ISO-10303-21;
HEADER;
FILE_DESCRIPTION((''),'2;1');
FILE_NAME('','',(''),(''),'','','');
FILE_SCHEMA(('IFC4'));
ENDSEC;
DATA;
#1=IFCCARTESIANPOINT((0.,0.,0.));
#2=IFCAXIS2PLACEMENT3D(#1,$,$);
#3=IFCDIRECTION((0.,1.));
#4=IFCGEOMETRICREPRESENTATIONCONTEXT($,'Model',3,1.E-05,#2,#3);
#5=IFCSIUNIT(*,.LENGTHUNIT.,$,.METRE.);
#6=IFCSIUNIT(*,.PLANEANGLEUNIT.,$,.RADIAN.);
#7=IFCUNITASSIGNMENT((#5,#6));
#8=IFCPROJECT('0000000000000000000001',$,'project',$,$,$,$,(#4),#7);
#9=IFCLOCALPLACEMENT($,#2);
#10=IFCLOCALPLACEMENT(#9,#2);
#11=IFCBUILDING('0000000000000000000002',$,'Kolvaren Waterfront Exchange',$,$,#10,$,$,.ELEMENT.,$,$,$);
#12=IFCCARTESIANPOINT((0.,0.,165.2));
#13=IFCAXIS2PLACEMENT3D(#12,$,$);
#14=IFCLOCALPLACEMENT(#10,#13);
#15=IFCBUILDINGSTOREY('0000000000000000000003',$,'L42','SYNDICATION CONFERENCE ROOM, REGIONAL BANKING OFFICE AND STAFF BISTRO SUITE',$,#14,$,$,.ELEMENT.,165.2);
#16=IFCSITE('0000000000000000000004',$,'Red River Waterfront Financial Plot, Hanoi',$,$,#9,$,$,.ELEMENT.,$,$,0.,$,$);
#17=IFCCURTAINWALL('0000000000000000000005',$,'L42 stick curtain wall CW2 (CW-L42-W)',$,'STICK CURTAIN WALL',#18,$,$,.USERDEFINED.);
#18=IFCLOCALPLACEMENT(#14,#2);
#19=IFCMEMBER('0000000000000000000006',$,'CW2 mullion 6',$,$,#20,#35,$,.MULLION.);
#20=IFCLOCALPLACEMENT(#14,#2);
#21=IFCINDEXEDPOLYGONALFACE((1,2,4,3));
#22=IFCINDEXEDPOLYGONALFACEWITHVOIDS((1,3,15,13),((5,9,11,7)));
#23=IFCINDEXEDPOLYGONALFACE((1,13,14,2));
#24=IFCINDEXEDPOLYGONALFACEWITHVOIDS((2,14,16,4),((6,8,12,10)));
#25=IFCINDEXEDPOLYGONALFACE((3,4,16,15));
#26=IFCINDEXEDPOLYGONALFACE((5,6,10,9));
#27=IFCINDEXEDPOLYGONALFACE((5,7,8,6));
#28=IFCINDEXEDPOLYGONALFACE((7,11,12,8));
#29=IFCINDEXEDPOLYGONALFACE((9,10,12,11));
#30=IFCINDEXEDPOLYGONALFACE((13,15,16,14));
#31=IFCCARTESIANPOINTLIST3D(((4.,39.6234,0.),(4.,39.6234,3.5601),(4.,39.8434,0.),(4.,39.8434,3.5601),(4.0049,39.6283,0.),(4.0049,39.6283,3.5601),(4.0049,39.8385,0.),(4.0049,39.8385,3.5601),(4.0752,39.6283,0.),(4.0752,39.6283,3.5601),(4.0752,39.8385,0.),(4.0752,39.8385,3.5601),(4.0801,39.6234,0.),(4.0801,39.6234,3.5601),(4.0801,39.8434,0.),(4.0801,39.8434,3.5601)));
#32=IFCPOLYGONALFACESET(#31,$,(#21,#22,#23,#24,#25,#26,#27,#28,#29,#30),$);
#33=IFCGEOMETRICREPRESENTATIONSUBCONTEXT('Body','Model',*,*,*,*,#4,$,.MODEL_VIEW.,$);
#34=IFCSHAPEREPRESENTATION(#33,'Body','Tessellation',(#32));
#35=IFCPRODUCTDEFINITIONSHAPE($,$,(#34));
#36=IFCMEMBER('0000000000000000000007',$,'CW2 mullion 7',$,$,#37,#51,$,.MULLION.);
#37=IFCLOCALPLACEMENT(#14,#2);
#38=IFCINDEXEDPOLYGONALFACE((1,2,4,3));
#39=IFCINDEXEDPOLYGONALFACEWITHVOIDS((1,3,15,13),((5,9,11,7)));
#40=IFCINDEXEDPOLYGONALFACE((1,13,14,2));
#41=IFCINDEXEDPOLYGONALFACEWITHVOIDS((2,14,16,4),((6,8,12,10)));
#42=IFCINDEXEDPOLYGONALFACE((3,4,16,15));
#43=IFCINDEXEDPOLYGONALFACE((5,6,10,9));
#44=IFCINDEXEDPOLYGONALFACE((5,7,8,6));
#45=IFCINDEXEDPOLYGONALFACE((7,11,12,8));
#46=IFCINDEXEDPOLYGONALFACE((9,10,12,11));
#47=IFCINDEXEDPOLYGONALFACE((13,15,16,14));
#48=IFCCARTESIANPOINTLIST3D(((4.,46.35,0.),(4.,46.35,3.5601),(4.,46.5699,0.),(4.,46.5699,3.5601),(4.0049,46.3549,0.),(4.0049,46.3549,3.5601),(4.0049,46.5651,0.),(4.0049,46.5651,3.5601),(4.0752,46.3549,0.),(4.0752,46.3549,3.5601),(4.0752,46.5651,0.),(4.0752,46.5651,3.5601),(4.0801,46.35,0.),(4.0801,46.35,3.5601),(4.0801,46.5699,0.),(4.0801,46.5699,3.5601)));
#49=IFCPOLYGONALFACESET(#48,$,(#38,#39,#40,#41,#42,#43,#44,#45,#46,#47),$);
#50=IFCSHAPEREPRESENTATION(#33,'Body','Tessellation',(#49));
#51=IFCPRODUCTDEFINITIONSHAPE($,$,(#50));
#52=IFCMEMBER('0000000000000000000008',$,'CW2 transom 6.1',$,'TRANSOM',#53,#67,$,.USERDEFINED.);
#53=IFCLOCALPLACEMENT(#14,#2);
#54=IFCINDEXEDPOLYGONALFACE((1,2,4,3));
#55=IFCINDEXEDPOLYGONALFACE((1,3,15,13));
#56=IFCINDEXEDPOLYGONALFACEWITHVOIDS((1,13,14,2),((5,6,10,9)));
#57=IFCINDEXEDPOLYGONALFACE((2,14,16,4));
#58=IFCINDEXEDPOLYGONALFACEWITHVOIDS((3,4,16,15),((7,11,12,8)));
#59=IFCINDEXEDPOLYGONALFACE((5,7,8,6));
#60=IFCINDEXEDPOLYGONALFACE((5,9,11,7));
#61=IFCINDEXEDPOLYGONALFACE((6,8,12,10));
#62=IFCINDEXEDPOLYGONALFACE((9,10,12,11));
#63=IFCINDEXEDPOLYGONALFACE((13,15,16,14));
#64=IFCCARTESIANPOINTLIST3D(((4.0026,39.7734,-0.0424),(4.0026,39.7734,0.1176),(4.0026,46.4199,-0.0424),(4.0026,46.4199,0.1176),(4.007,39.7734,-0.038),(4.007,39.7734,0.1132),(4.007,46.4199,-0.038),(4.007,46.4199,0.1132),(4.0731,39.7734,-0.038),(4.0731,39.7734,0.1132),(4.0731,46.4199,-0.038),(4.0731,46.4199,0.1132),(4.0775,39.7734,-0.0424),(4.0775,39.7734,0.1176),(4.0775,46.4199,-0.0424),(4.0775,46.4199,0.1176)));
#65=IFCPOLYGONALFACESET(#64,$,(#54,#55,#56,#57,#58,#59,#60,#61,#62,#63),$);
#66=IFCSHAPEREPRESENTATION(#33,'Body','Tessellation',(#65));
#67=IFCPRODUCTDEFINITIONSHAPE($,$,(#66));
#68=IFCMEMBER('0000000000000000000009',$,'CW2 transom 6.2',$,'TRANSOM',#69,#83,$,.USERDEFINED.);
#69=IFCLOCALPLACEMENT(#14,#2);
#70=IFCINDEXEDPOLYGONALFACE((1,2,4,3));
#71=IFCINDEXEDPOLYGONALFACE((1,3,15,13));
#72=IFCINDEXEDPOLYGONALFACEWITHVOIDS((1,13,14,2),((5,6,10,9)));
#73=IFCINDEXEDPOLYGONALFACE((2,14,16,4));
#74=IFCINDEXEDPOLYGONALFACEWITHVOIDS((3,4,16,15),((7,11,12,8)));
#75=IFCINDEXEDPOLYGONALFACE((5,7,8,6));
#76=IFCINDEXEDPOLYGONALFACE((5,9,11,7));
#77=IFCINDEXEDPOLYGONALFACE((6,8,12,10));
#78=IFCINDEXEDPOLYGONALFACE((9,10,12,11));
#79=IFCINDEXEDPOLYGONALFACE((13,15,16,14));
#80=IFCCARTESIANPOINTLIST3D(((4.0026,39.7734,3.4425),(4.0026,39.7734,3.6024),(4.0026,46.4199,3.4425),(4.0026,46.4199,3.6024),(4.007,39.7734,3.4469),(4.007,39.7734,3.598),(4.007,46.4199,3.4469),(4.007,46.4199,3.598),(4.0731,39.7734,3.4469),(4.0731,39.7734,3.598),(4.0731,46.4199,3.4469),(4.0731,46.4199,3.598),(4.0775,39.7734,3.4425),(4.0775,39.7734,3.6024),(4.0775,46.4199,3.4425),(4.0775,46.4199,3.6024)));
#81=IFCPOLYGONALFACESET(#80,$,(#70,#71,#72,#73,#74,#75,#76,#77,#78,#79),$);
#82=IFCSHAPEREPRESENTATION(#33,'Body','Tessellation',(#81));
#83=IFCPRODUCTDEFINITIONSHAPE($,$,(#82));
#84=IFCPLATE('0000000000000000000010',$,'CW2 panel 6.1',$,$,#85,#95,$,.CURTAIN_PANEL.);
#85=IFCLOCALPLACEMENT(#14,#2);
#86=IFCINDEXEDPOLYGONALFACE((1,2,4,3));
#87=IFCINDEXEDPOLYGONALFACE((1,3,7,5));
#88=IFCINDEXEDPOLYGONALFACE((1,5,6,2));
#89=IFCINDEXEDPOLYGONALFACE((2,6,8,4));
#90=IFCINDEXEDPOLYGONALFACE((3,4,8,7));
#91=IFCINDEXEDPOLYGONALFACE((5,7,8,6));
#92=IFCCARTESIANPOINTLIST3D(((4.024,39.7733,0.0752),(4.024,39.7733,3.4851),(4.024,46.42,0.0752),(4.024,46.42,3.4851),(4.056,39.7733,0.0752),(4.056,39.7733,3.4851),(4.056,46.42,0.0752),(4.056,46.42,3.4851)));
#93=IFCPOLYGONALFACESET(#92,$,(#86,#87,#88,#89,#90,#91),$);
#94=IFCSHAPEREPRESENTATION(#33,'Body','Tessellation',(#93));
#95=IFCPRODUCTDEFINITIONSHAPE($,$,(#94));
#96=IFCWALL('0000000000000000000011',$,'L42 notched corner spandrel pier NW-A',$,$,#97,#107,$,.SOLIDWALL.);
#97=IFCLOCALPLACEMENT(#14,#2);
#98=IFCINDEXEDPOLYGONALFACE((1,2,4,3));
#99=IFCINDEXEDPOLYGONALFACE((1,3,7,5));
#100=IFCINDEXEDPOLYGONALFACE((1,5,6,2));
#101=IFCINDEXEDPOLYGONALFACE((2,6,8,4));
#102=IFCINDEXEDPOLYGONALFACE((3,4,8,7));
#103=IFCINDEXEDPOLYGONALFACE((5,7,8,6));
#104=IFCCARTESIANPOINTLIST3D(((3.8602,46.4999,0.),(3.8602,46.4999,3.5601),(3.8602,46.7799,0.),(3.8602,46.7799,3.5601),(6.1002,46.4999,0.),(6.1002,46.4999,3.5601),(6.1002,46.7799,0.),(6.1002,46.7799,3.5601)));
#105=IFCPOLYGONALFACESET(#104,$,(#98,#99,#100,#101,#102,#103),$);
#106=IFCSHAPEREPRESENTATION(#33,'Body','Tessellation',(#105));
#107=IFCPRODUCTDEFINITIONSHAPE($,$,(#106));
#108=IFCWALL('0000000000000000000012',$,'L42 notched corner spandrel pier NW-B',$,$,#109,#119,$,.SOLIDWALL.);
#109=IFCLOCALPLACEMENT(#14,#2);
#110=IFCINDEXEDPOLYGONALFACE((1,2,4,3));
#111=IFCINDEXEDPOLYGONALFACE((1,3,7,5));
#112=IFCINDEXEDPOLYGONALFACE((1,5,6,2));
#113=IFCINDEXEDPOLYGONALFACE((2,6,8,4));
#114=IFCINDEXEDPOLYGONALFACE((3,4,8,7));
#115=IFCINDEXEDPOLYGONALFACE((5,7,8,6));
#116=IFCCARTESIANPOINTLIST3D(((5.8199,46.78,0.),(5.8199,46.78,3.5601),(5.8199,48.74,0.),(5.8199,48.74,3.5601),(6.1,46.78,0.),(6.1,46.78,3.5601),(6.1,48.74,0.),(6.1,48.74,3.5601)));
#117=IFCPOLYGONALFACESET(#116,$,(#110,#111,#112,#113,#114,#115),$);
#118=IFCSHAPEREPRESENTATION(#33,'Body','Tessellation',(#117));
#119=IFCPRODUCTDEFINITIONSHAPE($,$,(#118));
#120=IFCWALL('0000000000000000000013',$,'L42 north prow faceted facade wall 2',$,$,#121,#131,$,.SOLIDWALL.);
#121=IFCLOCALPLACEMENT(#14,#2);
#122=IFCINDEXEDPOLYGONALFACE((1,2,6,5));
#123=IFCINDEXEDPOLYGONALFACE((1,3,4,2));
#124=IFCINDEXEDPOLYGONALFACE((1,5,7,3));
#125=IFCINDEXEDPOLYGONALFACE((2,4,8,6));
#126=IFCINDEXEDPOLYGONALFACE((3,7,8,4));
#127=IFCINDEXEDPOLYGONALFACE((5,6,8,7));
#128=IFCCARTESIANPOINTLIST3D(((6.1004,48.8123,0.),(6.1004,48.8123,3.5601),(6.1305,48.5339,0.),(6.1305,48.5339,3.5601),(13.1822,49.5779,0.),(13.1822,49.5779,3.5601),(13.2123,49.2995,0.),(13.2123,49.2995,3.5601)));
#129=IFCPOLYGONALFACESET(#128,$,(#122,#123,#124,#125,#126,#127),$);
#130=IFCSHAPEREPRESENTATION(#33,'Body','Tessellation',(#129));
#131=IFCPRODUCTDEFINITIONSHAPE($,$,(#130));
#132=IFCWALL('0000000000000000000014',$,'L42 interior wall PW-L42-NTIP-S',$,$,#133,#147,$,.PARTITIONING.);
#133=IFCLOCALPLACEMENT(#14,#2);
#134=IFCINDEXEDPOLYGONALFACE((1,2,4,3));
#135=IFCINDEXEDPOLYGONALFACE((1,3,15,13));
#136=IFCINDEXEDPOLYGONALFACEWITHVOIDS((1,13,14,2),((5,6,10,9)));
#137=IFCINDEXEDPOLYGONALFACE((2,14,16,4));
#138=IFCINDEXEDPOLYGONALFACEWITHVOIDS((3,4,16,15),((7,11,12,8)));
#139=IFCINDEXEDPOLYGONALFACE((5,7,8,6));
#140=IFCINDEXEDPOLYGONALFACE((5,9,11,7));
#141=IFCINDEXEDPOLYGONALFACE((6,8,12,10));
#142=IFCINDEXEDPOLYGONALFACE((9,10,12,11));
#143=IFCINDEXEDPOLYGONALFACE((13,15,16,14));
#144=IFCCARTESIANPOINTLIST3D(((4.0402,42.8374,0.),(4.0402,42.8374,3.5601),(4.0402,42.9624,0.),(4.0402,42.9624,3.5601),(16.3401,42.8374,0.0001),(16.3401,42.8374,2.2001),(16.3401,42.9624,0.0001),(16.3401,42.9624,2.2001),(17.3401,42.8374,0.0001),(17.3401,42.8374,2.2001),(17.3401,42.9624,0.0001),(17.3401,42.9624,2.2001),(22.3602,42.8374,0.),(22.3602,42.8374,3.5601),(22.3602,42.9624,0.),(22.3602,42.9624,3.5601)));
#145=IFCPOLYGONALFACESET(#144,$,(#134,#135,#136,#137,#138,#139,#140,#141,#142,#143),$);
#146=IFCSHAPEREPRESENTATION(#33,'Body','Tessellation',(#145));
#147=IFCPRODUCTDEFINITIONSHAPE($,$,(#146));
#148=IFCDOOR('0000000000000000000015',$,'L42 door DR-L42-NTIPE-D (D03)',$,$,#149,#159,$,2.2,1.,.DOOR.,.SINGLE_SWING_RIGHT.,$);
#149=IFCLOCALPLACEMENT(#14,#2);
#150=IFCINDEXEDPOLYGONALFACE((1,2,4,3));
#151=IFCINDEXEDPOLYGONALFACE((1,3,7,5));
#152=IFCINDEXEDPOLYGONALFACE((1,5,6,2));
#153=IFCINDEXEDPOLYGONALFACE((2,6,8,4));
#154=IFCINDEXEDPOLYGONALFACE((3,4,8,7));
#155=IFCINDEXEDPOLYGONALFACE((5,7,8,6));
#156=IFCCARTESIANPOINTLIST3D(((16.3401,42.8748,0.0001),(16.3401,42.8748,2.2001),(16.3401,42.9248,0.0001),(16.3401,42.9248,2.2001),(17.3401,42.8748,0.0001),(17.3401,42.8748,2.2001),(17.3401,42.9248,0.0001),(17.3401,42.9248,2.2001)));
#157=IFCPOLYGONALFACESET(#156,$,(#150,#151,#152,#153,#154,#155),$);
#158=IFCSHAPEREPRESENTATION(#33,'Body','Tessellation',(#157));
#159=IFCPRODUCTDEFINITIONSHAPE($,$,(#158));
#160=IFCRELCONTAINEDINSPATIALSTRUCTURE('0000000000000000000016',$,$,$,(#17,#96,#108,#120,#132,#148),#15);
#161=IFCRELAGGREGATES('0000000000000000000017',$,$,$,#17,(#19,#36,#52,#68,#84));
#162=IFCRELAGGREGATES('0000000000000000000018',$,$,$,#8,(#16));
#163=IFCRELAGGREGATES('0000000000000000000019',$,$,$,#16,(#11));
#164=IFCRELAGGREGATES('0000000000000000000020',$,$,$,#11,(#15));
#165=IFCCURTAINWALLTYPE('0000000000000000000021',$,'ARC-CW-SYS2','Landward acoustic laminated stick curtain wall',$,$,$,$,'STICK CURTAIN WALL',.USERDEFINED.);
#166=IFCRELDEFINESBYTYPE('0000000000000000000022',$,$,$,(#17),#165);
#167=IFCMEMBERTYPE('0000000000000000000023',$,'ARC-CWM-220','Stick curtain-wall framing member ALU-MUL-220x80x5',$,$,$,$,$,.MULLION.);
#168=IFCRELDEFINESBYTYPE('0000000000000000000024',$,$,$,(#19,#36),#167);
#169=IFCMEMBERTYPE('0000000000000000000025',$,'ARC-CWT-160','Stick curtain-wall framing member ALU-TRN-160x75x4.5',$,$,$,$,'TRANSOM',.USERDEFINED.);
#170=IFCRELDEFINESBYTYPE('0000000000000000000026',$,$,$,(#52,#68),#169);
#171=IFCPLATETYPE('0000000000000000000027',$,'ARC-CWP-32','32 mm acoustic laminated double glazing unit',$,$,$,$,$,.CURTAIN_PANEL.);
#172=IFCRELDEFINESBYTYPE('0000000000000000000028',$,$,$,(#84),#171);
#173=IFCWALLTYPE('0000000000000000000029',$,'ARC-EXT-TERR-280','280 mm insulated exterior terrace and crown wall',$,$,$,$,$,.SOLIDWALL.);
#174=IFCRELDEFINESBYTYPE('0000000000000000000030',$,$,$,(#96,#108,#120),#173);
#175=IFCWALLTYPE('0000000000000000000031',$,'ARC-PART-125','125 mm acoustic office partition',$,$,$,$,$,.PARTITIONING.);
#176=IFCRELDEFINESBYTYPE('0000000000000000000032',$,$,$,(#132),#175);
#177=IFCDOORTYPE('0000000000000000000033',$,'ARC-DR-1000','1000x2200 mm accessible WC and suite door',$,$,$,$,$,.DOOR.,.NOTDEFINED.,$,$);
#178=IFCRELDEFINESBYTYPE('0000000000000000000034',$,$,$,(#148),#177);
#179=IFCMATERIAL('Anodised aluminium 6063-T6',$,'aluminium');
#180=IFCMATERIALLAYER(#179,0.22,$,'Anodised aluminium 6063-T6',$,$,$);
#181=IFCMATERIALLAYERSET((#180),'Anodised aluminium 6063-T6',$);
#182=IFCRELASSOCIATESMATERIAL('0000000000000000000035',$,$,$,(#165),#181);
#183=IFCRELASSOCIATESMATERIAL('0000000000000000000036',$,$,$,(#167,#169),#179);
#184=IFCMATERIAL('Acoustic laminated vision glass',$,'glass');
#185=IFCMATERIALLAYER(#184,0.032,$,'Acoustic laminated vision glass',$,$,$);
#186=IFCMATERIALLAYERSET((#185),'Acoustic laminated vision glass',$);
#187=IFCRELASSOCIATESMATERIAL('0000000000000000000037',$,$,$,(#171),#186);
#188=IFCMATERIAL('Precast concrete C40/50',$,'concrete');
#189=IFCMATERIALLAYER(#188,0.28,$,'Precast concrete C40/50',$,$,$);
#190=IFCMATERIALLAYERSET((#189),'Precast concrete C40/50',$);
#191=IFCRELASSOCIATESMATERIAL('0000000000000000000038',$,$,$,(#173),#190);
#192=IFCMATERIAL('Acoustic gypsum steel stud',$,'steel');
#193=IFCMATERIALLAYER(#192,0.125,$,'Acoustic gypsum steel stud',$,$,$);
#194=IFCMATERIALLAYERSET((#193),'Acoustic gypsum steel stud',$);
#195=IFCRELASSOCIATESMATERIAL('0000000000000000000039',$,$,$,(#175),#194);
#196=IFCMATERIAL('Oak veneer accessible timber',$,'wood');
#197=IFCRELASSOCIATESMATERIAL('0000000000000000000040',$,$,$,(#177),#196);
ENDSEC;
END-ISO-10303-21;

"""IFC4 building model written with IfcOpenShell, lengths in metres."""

from ifc_helpers import new_model, si_unit, direction, frame, frame_2d, origin, origin_with_axes, origin_2d, place, context, subcontext, project, spatial, rectangle, hollow_rectangle, extrude, source, transform, mapped, material, layer, layer_set, material_profile, profile_set, type_object, element, fill, aggregate, save


model = new_model("IFC4")

# Units and contexts
model_context = context("Model", 3, precision=1e-05, world=origin(), true_north=direction((0.0, 1.0)))
body_context = subcontext(model_context, "Body", "Model", "MODEL_VIEW")
ifc_project = project(units=[si_unit("LENGTHUNIT", "METRE"), si_unit("PLANEANGLEUNIT", "RADIAN")], contexts=[model_context])

# Site, building, storey
site_placement = place(None, origin())
site = spatial("IfcSite", under=ifc_project, at=site_placement, Name="Red River Waterfront Financial Plot, Hanoi", CompositionType="ELEMENT", RefElevation=0.0)
building_placement = place(site_placement, origin())
building = spatial("IfcBuilding", under=site, at=building_placement, Name="Kolvaren Waterfront Exchange", CompositionType="ELEMENT")
storey_placement = place(building_placement, frame((0.0, 0.0, 165.2)))
storey = spatial("IfcBuildingStorey", under=building, at=storey_placement, Name="L42", Description="SYNDICATION CONFERENCE ROOM, REGIONAL BANKING OFFICE AND STAFF BISTRO SUITE", CompositionType="ELEMENT", Elevation=165.2)

# Curtain wall, members, plate
ifc_material_1 = material(Name="Anodised aluminium 6063-T6", Category="aluminium")
ifc_layer_1 = layer(ifc_material_1, 0.22, Name="Anodised aluminium 6063-T6")
ifc_layer_set_1 = layer_set([ifc_layer_1], Name="Anodised aluminium 6063-T6")
curtain_wall_type = type_object("IfcCurtainWallType", Name="ARC-CW-SYS2", Description="Landward acoustic laminated stick curtain wall", ElementType="STICK CURTAIN WALL", PredefinedType="USERDEFINED", material=ifc_layer_set_1)
curtain_wall_placement = place(storey_placement, origin())
curtain_wall = element("IfcCurtainWall", 1, at=curtain_wall_placement, inside=storey, type_object=curtain_wall_type, Name="L42 stick curtain wall CW2 (CW-L42-W)", ObjectType="STICK CURTAIN WALL", PredefinedType="USERDEFINED")
ifc_material_profile_1 = material_profile(ifc_material_1, hollow_rectangle(XDim=0.0801, YDim=0.22, WallThickness=0.0049, at=origin_2d()), Name="ALU-MUL-220x80x5")
ifc_profile_set_1 = profile_set([ifc_material_profile_1], Name="Anodised aluminium 6063-T6")
member_type_1 = type_object("IfcMemberType", Name="ARC-CWM-220", Description="Stick curtain-wall framing member ALU-MUL-220x80x5", PredefinedType="MULLION", material=ifc_profile_set_1)
shared_shape_1 = source(origin_with_axes(), body_context, "Body", "SweptSolid", [
    extrude(hollow_rectangle(XDim=0.0801, YDim=0.22, WallThickness=0.0049, at=origin_2d()), origin(), (0.0, 0.0, 1.0), 3.5601),
])
member_1_placement = place(storey_placement, frame((4.04, 39.7334, 0.0), z_axis=(0.0, 0.0, 1.0), x_axis=(-1.0, 0.0, 0.0)))
member_1 = element("IfcMember", 2, at=member_1_placement, type_object=member_type_1, Name="CW2 mullion 6", PredefinedType="MULLION", context=body_context, shape_type="MappedRepresentation", body=[
    mapped(shared_shape_1, transform((0.0, 0.0, 0.0), x_axis=(1.0, 0.0, 0.0), y_axis=(0.0, 1.0, 0.0), z_axis=(0.0, 0.0, 1.0), scale=1.0)),
])
member_2_placement = place(storey_placement, frame((4.04, 46.46, 0.0), z_axis=(0.0, 0.0, 1.0), x_axis=(-1.0, 0.0, 0.0)))
member_2 = element("IfcMember", 3, at=member_2_placement, type_object=member_type_1, Name="CW2 mullion 7", PredefinedType="MULLION", context=body_context, shape_type="MappedRepresentation", body=[
    mapped(shared_shape_1, transform((0.0, 0.0, 0.0), x_axis=(1.0, 0.0, 0.0), y_axis=(0.0, 1.0, 0.0), z_axis=(0.0, 0.0, 1.0), scale=1.0)),
])
ifc_material_profile_2 = material_profile(ifc_material_1, hollow_rectangle(XDim=0.075, YDim=0.1599, WallThickness=0.0044, at=origin_2d()), Name="ALU-TRN-160x75x4.5")
ifc_profile_set_2 = profile_set([ifc_material_profile_2], Name="Anodised aluminium 6063-T6")
member_type_2 = type_object("IfcMemberType", Name="ARC-CWT-160", Description="Stick curtain-wall framing member ALU-TRN-160x75x4.5", ElementType="TRANSOM", PredefinedType="USERDEFINED", material=ifc_profile_set_2)
shared_shape_2 = source(origin_with_axes(), body_context, "Body", "SweptSolid", [
    extrude(hollow_rectangle(XDim=0.075, YDim=0.1599, WallThickness=0.0044, at=origin_2d()), origin(), (0.0, 0.0, 1.0), 6.6465),
])
member_3_placement = place(storey_placement, frame((4.04, 39.7734, 0.0376), z_axis=(0.0, 1.0, 0.0), x_axis=(-1.0, 0.0, 0.0)))
member_3 = element("IfcMember", 4, at=member_3_placement, type_object=member_type_2, Name="CW2 transom 6.1", ObjectType="TRANSOM", PredefinedType="USERDEFINED", context=body_context, shape_type="MappedRepresentation", body=[
    mapped(shared_shape_2, transform((0.0, 0.0, 0.0), x_axis=(1.0, 0.0, 0.0), y_axis=(0.0, 1.0, 0.0), z_axis=(0.0, 0.0, 1.0), scale=1.0)),
])
member_4_placement = place(storey_placement, frame((4.04, 39.7734, 3.5225), z_axis=(0.0, 1.0, 0.0), x_axis=(-1.0, 0.0, 0.0)))
member_4 = element("IfcMember", 5, at=member_4_placement, type_object=member_type_2, Name="CW2 transom 6.2", ObjectType="TRANSOM", PredefinedType="USERDEFINED", context=body_context, shape_type="MappedRepresentation", body=[
    mapped(shared_shape_2, transform((0.0, 0.0, 0.0), x_axis=(1.0, 0.0, 0.0), y_axis=(0.0, 1.0, 0.0), z_axis=(0.0, 0.0, 1.0), scale=1.0)),
])
ifc_material_2 = material(Name="Acoustic laminated vision glass", Category="glass")
ifc_layer_2 = layer(ifc_material_2, 0.032, Name="Acoustic laminated vision glass")
ifc_layer_set_2 = layer_set([ifc_layer_2], Name="Acoustic laminated vision glass")
plate_type = type_object("IfcPlateType", Name="ARC-CWP-32", Description="32 mm acoustic laminated double glazing unit", PredefinedType="CURTAIN_PANEL", material=ifc_layer_set_2)
shared_shape_3 = source(origin_with_axes(), body_context, "Body", "SweptSolid", [
    extrude(rectangle(XDim=6.6467, YDim=0.032, at=origin_2d()), origin(), (0.0, 0.0, 1.0), 3.4099),
])
plate_placement = place(storey_placement, frame((4.04, 43.0967, 0.0752), z_axis=(0.0, 0.0, 1.0), x_axis=(0.0, 1.0, 0.0)))
plate = element("IfcPlate", 6, at=plate_placement, type_object=plate_type, Name="CW2 panel 6.1", PredefinedType="CURTAIN_PANEL", context=body_context, shape_type="MappedRepresentation", body=[
    mapped(shared_shape_3, transform((0.0, 0.0, 0.0), x_axis=(1.0, 0.0, 0.0), y_axis=(0.0, 1.0, 0.0), z_axis=(0.0, 0.0, 1.0), scale=1.0)),
])
aggregate(curtain_wall, [member_1, member_2, member_3, member_4, plate])

# Walls
ifc_material_3 = material(Name="Precast concrete C40/50", Category="concrete")
ifc_layer_3 = layer(ifc_material_3, 0.28, Name="Precast concrete C40/50")
ifc_layer_set_3 = layer_set([ifc_layer_3], Name="Precast concrete C40/50")
wall_type_1 = type_object("IfcWallType", Name="ARC-EXT-TERR-280", Description="280 mm insulated exterior terrace and crown wall", PredefinedType="SOLIDWALL", material=ifc_layer_set_3)
wall_1_placement = place(storey_placement, frame((3.8601, 46.6399, 0.0), z_axis=(0.0, 0.0, 1.0), x_axis=(1.0, 0.0, 0.0)))
element("IfcWall", 7, at=wall_1_placement, inside=storey, type_object=wall_type_1, Name="L42 notched corner spandrel pier NW-A", PredefinedType="SOLIDWALL", context=body_context, shape_type="SweptSolid", body=[
    extrude(rectangle(XDim=2.24, YDim=0.28, at=frame_2d((1.1201, 0.0))), origin(), (0.0, 0.0, 1.0), 3.5601),
])
wall_2_placement = place(storey_placement, frame((5.96, 46.78, 0.0), z_axis=(0.0, 0.0, 1.0), x_axis=(0.0, 1.0, 0.0)))
element("IfcWall", 8, at=wall_2_placement, inside=storey, type_object=wall_type_1, Name="L42 notched corner spandrel pier NW-B", PredefinedType="SOLIDWALL", context=body_context, shape_type="SweptSolid", body=[
    extrude(rectangle(XDim=1.96, YDim=0.28, at=frame_2d((0.98, 0.0))), origin(), (0.0, 0.0, 1.0), 3.5601),
])
wall_3_placement = place(storey_placement, frame((13.1973, 49.4387, 0.0), z_axis=(0.0, 0.0, 1.0), x_axis=(-0.994207, -0.107486, 0.0)))
element("IfcWall", 9, at=wall_3_placement, inside=storey, type_object=wall_type_1, Name="L42 north prow faceted facade wall 2", PredefinedType="SOLIDWALL", context=body_context, shape_type="SweptSolid", body=[
    extrude(rectangle(XDim=7.123, YDim=0.28, at=frame_2d((3.5615, 0.0))), origin(), (0.0, 0.0, 1.0), 3.5601),
])

# Wall, opening, door
ifc_material_4 = material(Name="Acoustic gypsum steel stud", Category="steel")
ifc_layer_4 = layer(ifc_material_4, 0.125, Name="Acoustic gypsum steel stud")
ifc_layer_set_4 = layer_set([ifc_layer_4], Name="Acoustic gypsum steel stud")
wall_type_2 = type_object("IfcWallType", Name="ARC-PART-125", Description="125 mm acoustic office partition", PredefinedType="PARTITIONING", material=ifc_layer_set_4)
wall_4_placement = place(storey_placement, frame((4.04, 42.8999, 0.0), z_axis=(0.0, 0.0, 1.0), x_axis=(1.0, 0.0, 0.0)))
wall_4 = element("IfcWall", 10, at=wall_4_placement, inside=storey, type_object=wall_type_2, Name="L42 interior wall PW-L42-NTIP-S", PredefinedType="PARTITIONING", context=body_context, shape_type="SweptSolid", body=[
    extrude(rectangle(XDim=18.3201, YDim=0.125, at=frame_2d((9.1602, 0.0))), origin(), (0.0, 0.0, 1.0), 3.5601),
])
opening_1_placement = place(wall_4_placement, frame((12.3, 0.0, 0.0)))
opening_1 = element("IfcOpeningElement", 11, at=opening_1_placement, cuts=wall_4, PredefinedType="OPENING", context=body_context, shape_type="SweptSolid", body=[
    extrude(rectangle(XDim=1.0, YDim=2.2, at=frame_2d((0.5, 1.1001))), frame((0.0, 0.0725, 0.0), z_axis=(0.0, -1.0, 0.0), x_axis=(1.0, 0.0, 0.0)), (0.0, 0.0, 1.0), 0.145),
])
ifc_material_5 = material(Name="Oak veneer accessible timber", Category="wood")
door_type_1 = type_object("IfcDoorType", Name="ARC-DR-1000", Description="1000x2200 mm accessible WC and suite door", OperationType="NOTDEFINED", PredefinedType="DOOR", material=ifc_material_5)
door_1_placement = place(opening_1_placement, origin())
door_1 = element("IfcDoor", 12, at=door_1_placement, inside=storey, type_object=door_type_1, Name="L42 door DR-L42-NTIPE-D (D03)", OperationType="SINGLE_SWING_RIGHT", OverallHeight=2.2, OverallWidth=1.0, PredefinedType="DOOR", context=body_context, shape_type="SweptSolid", body=[
    extrude(rectangle(XDim=1.0, YDim=2.2, at=frame_2d((0.5, 1.1001))), frame((0.0, 0.0249, 0.0), z_axis=(0.0, -1.0, 0.0), x_axis=(1.0, 0.0, 0.0)), (0.0, 0.0, 1.0), 0.05),
])
fill(opening_1, door_1)

save(model, "model.ifc")
